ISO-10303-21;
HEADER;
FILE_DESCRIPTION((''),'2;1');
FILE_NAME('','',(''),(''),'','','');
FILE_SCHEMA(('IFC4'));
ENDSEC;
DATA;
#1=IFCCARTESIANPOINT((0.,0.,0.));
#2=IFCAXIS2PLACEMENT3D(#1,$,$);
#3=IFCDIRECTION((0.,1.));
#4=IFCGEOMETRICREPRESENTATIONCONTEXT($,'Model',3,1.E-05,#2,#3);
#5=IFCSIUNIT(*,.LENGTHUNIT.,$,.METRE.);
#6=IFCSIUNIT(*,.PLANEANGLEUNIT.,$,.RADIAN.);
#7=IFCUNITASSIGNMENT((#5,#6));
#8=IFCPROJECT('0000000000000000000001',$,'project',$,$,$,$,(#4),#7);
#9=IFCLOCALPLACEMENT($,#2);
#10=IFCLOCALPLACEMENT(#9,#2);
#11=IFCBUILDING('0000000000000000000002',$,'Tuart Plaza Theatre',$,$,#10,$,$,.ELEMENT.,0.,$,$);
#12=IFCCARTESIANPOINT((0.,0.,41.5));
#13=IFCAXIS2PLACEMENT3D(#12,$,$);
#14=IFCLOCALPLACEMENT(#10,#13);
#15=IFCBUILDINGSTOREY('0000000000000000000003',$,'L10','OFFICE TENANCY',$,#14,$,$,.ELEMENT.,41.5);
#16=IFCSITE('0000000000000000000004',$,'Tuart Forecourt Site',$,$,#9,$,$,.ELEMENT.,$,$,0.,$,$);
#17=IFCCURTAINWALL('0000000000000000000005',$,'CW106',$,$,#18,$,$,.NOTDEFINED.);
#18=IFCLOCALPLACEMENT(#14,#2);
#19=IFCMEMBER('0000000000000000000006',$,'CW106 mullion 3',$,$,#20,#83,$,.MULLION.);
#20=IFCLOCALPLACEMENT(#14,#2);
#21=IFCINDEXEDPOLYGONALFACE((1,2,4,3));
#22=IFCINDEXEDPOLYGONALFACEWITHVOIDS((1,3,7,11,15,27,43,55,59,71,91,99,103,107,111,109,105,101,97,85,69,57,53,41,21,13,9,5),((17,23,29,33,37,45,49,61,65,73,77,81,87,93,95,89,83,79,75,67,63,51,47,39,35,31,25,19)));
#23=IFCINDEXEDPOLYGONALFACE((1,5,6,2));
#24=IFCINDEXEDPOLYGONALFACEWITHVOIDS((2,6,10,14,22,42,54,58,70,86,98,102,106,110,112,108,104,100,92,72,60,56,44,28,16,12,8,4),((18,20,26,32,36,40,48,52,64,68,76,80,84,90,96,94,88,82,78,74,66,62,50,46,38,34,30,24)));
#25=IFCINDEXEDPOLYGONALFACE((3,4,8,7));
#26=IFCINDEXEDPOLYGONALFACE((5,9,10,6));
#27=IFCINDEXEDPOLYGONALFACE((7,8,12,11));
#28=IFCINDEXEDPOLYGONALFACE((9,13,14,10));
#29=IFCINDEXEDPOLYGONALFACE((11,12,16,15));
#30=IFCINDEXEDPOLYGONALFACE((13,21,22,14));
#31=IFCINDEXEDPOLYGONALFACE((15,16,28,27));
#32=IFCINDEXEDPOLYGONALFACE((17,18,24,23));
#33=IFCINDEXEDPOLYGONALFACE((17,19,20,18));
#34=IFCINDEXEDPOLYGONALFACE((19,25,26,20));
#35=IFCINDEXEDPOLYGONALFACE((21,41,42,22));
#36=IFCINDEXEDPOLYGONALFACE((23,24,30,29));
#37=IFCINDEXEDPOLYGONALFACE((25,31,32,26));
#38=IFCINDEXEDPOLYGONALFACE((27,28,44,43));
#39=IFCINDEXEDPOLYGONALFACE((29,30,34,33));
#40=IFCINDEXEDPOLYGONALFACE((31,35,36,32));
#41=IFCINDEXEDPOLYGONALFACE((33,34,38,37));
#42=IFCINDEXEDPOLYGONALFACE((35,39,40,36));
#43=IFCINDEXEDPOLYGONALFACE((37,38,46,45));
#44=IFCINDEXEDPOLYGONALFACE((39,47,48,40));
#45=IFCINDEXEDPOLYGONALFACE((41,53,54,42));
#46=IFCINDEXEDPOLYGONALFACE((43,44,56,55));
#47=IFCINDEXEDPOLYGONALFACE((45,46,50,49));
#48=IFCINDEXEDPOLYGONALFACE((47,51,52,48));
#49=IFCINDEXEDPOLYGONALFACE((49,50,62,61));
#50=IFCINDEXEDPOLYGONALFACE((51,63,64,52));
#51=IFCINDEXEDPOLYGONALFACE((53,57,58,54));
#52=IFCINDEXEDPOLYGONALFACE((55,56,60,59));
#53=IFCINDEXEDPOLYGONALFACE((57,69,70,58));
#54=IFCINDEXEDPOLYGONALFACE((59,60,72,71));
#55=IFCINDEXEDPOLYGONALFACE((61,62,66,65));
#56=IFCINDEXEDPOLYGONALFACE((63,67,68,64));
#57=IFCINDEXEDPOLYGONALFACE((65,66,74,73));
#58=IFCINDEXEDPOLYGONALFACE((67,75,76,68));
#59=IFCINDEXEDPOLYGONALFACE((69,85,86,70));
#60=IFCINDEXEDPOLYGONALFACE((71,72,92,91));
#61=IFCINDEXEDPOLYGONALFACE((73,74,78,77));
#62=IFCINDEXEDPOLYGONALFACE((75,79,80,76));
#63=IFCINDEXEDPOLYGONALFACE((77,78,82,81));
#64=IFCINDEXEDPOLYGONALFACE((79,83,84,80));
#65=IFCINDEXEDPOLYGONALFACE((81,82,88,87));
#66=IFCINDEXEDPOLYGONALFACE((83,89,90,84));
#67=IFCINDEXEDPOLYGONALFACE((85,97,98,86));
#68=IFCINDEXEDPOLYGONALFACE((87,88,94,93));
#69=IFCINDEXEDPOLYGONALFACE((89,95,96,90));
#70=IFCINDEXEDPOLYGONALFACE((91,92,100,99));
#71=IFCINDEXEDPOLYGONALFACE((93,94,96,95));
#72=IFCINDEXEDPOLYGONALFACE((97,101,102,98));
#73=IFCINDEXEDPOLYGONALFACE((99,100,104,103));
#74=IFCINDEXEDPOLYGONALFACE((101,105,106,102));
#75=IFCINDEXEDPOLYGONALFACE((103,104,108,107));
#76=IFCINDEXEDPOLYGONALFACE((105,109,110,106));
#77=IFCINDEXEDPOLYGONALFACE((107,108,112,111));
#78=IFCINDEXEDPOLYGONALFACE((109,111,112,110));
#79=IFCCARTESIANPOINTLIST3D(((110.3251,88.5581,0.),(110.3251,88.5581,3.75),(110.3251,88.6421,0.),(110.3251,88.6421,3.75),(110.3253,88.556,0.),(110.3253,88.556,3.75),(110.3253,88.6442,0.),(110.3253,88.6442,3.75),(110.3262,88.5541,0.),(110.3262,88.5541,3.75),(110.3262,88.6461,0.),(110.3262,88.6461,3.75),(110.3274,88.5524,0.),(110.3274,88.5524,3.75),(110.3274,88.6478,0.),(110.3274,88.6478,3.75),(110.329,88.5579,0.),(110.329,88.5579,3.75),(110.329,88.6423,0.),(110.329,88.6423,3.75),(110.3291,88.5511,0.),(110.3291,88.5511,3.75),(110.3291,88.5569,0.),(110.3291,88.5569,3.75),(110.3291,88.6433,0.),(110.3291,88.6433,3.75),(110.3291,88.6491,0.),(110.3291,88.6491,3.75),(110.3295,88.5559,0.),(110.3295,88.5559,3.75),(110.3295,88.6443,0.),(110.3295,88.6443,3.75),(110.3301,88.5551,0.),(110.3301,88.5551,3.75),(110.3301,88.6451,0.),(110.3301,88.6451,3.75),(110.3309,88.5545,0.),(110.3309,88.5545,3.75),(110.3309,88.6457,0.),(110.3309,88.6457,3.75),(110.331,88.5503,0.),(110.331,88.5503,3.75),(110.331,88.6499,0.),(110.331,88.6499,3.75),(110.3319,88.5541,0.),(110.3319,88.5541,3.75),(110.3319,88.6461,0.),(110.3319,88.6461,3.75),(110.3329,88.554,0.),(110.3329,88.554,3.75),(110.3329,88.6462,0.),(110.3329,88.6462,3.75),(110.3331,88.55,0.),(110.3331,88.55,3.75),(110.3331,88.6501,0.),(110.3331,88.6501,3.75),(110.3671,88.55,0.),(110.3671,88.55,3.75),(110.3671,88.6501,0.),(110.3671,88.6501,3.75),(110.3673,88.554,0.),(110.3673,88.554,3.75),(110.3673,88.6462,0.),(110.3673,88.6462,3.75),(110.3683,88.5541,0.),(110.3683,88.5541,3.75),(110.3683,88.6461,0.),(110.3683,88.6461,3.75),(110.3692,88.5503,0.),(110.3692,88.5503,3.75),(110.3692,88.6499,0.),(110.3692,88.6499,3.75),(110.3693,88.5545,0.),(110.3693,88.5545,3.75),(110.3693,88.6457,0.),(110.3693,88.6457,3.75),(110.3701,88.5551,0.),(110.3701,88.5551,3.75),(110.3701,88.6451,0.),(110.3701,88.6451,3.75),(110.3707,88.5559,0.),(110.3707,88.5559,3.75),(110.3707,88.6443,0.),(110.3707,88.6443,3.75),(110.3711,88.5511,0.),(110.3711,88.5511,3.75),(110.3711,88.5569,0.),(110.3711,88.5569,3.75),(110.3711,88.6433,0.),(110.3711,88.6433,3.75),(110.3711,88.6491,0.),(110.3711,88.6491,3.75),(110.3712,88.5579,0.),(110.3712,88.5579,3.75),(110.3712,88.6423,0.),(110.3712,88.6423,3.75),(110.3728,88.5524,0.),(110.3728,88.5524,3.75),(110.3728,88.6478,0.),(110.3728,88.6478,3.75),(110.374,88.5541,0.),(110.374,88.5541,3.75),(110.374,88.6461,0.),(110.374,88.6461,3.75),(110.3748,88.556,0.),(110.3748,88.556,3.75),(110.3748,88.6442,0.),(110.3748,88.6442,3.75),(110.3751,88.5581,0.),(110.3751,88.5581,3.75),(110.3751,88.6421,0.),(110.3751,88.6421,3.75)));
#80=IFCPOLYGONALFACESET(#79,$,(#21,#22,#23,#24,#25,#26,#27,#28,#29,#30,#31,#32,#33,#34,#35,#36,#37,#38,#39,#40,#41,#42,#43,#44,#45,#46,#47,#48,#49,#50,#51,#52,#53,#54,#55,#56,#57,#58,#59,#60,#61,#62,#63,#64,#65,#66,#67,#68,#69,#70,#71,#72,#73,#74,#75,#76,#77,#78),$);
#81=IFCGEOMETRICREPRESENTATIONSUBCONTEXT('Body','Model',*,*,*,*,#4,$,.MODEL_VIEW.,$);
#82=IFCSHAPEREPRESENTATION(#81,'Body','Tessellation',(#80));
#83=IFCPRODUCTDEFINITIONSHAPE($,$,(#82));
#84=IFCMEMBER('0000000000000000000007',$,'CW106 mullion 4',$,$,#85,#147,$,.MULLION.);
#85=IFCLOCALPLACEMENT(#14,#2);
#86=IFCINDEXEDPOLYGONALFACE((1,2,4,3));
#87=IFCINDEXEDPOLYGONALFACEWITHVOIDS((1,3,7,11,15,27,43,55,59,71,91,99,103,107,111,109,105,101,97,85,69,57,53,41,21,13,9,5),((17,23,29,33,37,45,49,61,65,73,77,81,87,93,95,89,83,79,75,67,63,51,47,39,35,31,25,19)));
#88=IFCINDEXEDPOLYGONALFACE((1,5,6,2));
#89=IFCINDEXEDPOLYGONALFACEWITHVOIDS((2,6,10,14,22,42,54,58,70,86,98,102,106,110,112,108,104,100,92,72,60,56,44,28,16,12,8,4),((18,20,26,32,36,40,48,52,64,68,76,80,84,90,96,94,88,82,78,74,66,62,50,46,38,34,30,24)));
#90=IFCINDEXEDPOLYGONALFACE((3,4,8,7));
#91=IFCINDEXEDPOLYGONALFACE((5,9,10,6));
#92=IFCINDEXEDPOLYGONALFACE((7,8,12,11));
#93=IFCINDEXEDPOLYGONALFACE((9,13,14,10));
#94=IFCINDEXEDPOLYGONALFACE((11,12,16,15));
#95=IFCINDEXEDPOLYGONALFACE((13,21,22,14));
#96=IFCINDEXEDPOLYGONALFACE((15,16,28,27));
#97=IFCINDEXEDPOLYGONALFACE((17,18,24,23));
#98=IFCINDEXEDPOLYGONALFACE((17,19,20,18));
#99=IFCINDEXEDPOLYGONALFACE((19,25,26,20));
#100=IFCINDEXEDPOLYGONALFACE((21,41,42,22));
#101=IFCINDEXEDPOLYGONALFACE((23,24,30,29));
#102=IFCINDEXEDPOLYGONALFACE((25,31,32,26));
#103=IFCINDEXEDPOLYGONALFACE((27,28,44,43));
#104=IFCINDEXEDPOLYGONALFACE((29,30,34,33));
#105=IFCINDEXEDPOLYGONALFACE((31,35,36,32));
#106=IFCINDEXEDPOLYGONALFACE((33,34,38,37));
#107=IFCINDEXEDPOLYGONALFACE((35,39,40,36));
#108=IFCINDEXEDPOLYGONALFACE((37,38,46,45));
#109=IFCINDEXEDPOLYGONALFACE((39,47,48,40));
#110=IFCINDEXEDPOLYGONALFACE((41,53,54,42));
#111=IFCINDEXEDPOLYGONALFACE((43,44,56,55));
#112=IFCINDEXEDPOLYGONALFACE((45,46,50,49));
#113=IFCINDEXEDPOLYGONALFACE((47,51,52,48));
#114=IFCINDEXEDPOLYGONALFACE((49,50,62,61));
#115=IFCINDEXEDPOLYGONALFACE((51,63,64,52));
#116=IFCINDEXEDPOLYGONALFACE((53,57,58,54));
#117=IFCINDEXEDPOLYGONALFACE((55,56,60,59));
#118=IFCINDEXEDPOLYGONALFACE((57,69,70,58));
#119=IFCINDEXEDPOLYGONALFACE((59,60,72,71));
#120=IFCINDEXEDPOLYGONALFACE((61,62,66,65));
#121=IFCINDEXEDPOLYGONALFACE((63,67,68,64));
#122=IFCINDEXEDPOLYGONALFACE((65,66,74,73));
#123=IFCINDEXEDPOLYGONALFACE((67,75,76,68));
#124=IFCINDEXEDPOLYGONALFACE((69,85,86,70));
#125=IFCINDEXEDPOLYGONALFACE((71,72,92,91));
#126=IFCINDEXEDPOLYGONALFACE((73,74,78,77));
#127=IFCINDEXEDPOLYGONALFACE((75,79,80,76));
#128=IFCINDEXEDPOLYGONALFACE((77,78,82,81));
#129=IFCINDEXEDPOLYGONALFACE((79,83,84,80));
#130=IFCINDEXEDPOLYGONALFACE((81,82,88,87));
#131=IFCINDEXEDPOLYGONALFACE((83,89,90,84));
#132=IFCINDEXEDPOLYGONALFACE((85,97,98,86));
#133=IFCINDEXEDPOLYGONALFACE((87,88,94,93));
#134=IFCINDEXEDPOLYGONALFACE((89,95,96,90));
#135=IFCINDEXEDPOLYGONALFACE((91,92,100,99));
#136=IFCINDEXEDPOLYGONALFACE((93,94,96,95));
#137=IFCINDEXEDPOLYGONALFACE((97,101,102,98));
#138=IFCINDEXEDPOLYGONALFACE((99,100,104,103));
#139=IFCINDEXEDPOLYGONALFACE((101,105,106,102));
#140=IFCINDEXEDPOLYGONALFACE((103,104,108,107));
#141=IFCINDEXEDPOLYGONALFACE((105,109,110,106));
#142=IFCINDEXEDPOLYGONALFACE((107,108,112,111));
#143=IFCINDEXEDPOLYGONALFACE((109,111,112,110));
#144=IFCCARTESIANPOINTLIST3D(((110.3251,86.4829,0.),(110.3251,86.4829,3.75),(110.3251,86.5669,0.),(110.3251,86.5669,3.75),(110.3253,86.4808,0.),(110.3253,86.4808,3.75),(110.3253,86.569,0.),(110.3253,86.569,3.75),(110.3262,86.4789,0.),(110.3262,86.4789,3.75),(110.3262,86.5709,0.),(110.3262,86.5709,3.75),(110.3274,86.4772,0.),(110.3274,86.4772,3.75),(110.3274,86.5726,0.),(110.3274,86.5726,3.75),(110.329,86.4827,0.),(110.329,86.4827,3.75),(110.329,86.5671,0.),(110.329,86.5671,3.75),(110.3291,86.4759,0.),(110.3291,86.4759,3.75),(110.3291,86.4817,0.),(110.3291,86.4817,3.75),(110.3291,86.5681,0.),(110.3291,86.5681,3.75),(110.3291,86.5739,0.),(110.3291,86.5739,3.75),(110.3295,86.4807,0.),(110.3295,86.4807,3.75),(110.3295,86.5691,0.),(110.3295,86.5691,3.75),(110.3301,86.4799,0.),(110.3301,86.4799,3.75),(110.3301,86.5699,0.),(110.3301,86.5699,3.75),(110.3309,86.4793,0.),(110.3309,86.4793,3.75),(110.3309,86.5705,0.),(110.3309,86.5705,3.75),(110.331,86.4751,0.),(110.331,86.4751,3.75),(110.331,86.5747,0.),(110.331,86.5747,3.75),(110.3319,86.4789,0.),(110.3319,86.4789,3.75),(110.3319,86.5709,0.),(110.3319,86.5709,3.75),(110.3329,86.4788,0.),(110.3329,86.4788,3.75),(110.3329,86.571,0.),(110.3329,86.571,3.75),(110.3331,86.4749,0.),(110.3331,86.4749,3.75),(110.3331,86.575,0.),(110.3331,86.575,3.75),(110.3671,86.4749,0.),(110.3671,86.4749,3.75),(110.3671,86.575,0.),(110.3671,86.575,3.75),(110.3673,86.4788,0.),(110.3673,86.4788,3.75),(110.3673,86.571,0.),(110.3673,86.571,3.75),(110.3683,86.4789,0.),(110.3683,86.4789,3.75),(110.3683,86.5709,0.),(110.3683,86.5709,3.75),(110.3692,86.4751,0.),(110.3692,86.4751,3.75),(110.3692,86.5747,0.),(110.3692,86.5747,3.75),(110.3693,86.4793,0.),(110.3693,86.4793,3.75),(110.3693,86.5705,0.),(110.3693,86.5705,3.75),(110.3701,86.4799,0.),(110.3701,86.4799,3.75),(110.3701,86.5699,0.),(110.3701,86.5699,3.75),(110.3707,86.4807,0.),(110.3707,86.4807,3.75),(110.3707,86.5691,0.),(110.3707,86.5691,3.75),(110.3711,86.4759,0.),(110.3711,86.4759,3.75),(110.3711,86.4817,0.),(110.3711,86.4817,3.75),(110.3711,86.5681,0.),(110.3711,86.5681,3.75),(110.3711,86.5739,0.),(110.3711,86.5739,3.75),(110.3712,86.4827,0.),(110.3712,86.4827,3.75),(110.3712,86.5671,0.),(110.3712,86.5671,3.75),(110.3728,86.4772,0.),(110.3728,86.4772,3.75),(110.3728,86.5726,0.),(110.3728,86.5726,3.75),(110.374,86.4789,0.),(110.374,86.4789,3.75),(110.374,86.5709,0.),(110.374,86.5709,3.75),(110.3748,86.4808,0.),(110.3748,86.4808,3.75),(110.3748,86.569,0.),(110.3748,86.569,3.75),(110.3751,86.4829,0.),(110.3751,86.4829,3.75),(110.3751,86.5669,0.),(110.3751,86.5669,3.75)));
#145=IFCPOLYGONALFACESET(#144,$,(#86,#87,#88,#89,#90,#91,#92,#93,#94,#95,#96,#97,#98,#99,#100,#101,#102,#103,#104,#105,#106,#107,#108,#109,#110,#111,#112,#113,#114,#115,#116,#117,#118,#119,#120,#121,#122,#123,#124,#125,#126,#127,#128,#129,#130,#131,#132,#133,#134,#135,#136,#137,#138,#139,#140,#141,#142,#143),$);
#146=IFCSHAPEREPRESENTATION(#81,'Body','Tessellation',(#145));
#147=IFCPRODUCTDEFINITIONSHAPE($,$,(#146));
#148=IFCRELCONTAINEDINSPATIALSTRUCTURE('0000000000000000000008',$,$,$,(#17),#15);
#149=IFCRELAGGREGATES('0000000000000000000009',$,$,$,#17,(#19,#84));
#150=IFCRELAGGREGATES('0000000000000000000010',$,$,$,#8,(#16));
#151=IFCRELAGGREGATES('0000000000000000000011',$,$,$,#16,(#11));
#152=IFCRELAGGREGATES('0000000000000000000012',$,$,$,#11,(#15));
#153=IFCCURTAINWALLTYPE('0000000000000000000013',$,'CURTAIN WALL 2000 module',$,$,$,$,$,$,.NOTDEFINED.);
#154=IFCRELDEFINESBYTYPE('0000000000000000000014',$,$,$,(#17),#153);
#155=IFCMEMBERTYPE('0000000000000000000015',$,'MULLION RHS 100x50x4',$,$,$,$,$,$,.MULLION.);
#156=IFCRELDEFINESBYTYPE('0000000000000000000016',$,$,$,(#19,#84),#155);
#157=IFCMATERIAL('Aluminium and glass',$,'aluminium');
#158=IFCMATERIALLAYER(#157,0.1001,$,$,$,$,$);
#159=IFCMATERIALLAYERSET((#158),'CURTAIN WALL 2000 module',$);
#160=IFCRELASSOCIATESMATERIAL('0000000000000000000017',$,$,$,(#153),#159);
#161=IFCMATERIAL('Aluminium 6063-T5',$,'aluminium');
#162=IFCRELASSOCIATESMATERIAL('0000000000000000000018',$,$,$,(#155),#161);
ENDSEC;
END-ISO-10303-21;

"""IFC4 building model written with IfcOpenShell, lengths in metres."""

from ifc_helpers import new_model, si_unit, direction, frame, origin, origin_2d, place, context, subcontext, project, spatial, hollow_rectangle, extrude, material, layer, layer_set, material_profile, profile_set, type_object, element, aggregate, save


model = new_model("IFC4")

# Units and contexts
model_context = context("Model", 3, precision=1e-05, world=origin(), true_north=direction((0.0, 1.0)))
body_context = subcontext(model_context, "Body", "Model", "MODEL_VIEW")
ifc_project = project(units=[si_unit("LENGTHUNIT", "METRE"), si_unit("PLANEANGLEUNIT", "RADIAN")], contexts=[model_context])

# Site, building, storey
site_placement = place(None, origin())
site = spatial("IfcSite", under=ifc_project, at=site_placement, Name="Tuart Forecourt Site", CompositionType="ELEMENT", RefElevation=0.0)
building_placement = place(site_placement, origin())
building = spatial("IfcBuilding", under=site, at=building_placement, Name="Tuart Plaza Theatre", CompositionType="ELEMENT", ElevationOfRefHeight=0.0)
storey_placement = place(building_placement, frame((0.0, 0.0, 41.5)))
storey = spatial("IfcBuildingStorey", under=building, at=storey_placement, Name="L10", Description="OFFICE TENANCY", CompositionType="ELEMENT", Elevation=41.5)

# Curtain wall, members
ifc_material_1 = material(Name="Aluminium and glass", Category="aluminium")
ifc_layer_1 = layer(ifc_material_1, 0.1001)
ifc_layer_set_1 = layer_set([ifc_layer_1], Name="CURTAIN WALL 2000 module")
curtain_wall_type = type_object("IfcCurtainWallType", Name="CURTAIN WALL 2000 module", PredefinedType="NOTDEFINED", material=ifc_layer_set_1)
curtain_wall_placement = place(storey_placement, origin())
curtain_wall = element("IfcCurtainWall", 1, at=curtain_wall_placement, inside=storey, type_object=curtain_wall_type, Name="CW106", PredefinedType="NOTDEFINED")
ifc_material_2 = material(Name="Aluminium 6063-T5", Category="aluminium")
ifc_material_profile_1 = material_profile(ifc_material_2, hollow_rectangle(XDim=0.05, YDim=0.1001, WallThickness=0.0039, InnerFilletRadius=0.0039, OuterFilletRadius=0.0081, at=origin_2d()), Name="RHS 100x50x4")
ifc_profile_set_1 = profile_set([ifc_material_profile_1], Name="Aluminium 6063-T5")
member_type_1 = type_object("IfcMemberType", Name="MULLION RHS 100x50x4", PredefinedType="MULLION", material=ifc_profile_set_1)
member_1_placement = place(storey_placement, frame((110.3501, 88.6001, 0.0), z_axis=(0.0, 0.0, 1.0), x_axis=(1.0, 0.0, 0.0)))
member_1 = element("IfcMember", 2, at=member_1_placement, type_object=member_type_1, Name="CW106 mullion 3", PredefinedType="MULLION", context=body_context, shape_type="SweptSolid", body=[
    extrude(hollow_rectangle(XDim=0.05, YDim=0.1001, WallThickness=0.0039, InnerFilletRadius=0.0039, OuterFilletRadius=0.0081, at=origin_2d()), origin(), (0.0, 0.0, 1.0), 3.75),
])
member_2_placement = place(storey_placement, frame((110.3501, 86.5249, 0.0), z_axis=(0.0, 0.0, 1.0), x_axis=(1.0, 0.0, 0.0)))
member_2 = element("IfcMember", 3, at=member_2_placement, type_object=member_type_1, Name="CW106 mullion 4", PredefinedType="MULLION", context=body_context, shape_type="SweptSolid", body=[
    extrude(hollow_rectangle(XDim=0.05, YDim=0.1001, WallThickness=0.0039, InnerFilletRadius=0.0039, OuterFilletRadius=0.0081, at=origin_2d()), origin(), (0.0, 0.0, 1.0), 3.75),
])
aggregate(curtain_wall, [member_1, member_2])

save(model, "model.ifc")
